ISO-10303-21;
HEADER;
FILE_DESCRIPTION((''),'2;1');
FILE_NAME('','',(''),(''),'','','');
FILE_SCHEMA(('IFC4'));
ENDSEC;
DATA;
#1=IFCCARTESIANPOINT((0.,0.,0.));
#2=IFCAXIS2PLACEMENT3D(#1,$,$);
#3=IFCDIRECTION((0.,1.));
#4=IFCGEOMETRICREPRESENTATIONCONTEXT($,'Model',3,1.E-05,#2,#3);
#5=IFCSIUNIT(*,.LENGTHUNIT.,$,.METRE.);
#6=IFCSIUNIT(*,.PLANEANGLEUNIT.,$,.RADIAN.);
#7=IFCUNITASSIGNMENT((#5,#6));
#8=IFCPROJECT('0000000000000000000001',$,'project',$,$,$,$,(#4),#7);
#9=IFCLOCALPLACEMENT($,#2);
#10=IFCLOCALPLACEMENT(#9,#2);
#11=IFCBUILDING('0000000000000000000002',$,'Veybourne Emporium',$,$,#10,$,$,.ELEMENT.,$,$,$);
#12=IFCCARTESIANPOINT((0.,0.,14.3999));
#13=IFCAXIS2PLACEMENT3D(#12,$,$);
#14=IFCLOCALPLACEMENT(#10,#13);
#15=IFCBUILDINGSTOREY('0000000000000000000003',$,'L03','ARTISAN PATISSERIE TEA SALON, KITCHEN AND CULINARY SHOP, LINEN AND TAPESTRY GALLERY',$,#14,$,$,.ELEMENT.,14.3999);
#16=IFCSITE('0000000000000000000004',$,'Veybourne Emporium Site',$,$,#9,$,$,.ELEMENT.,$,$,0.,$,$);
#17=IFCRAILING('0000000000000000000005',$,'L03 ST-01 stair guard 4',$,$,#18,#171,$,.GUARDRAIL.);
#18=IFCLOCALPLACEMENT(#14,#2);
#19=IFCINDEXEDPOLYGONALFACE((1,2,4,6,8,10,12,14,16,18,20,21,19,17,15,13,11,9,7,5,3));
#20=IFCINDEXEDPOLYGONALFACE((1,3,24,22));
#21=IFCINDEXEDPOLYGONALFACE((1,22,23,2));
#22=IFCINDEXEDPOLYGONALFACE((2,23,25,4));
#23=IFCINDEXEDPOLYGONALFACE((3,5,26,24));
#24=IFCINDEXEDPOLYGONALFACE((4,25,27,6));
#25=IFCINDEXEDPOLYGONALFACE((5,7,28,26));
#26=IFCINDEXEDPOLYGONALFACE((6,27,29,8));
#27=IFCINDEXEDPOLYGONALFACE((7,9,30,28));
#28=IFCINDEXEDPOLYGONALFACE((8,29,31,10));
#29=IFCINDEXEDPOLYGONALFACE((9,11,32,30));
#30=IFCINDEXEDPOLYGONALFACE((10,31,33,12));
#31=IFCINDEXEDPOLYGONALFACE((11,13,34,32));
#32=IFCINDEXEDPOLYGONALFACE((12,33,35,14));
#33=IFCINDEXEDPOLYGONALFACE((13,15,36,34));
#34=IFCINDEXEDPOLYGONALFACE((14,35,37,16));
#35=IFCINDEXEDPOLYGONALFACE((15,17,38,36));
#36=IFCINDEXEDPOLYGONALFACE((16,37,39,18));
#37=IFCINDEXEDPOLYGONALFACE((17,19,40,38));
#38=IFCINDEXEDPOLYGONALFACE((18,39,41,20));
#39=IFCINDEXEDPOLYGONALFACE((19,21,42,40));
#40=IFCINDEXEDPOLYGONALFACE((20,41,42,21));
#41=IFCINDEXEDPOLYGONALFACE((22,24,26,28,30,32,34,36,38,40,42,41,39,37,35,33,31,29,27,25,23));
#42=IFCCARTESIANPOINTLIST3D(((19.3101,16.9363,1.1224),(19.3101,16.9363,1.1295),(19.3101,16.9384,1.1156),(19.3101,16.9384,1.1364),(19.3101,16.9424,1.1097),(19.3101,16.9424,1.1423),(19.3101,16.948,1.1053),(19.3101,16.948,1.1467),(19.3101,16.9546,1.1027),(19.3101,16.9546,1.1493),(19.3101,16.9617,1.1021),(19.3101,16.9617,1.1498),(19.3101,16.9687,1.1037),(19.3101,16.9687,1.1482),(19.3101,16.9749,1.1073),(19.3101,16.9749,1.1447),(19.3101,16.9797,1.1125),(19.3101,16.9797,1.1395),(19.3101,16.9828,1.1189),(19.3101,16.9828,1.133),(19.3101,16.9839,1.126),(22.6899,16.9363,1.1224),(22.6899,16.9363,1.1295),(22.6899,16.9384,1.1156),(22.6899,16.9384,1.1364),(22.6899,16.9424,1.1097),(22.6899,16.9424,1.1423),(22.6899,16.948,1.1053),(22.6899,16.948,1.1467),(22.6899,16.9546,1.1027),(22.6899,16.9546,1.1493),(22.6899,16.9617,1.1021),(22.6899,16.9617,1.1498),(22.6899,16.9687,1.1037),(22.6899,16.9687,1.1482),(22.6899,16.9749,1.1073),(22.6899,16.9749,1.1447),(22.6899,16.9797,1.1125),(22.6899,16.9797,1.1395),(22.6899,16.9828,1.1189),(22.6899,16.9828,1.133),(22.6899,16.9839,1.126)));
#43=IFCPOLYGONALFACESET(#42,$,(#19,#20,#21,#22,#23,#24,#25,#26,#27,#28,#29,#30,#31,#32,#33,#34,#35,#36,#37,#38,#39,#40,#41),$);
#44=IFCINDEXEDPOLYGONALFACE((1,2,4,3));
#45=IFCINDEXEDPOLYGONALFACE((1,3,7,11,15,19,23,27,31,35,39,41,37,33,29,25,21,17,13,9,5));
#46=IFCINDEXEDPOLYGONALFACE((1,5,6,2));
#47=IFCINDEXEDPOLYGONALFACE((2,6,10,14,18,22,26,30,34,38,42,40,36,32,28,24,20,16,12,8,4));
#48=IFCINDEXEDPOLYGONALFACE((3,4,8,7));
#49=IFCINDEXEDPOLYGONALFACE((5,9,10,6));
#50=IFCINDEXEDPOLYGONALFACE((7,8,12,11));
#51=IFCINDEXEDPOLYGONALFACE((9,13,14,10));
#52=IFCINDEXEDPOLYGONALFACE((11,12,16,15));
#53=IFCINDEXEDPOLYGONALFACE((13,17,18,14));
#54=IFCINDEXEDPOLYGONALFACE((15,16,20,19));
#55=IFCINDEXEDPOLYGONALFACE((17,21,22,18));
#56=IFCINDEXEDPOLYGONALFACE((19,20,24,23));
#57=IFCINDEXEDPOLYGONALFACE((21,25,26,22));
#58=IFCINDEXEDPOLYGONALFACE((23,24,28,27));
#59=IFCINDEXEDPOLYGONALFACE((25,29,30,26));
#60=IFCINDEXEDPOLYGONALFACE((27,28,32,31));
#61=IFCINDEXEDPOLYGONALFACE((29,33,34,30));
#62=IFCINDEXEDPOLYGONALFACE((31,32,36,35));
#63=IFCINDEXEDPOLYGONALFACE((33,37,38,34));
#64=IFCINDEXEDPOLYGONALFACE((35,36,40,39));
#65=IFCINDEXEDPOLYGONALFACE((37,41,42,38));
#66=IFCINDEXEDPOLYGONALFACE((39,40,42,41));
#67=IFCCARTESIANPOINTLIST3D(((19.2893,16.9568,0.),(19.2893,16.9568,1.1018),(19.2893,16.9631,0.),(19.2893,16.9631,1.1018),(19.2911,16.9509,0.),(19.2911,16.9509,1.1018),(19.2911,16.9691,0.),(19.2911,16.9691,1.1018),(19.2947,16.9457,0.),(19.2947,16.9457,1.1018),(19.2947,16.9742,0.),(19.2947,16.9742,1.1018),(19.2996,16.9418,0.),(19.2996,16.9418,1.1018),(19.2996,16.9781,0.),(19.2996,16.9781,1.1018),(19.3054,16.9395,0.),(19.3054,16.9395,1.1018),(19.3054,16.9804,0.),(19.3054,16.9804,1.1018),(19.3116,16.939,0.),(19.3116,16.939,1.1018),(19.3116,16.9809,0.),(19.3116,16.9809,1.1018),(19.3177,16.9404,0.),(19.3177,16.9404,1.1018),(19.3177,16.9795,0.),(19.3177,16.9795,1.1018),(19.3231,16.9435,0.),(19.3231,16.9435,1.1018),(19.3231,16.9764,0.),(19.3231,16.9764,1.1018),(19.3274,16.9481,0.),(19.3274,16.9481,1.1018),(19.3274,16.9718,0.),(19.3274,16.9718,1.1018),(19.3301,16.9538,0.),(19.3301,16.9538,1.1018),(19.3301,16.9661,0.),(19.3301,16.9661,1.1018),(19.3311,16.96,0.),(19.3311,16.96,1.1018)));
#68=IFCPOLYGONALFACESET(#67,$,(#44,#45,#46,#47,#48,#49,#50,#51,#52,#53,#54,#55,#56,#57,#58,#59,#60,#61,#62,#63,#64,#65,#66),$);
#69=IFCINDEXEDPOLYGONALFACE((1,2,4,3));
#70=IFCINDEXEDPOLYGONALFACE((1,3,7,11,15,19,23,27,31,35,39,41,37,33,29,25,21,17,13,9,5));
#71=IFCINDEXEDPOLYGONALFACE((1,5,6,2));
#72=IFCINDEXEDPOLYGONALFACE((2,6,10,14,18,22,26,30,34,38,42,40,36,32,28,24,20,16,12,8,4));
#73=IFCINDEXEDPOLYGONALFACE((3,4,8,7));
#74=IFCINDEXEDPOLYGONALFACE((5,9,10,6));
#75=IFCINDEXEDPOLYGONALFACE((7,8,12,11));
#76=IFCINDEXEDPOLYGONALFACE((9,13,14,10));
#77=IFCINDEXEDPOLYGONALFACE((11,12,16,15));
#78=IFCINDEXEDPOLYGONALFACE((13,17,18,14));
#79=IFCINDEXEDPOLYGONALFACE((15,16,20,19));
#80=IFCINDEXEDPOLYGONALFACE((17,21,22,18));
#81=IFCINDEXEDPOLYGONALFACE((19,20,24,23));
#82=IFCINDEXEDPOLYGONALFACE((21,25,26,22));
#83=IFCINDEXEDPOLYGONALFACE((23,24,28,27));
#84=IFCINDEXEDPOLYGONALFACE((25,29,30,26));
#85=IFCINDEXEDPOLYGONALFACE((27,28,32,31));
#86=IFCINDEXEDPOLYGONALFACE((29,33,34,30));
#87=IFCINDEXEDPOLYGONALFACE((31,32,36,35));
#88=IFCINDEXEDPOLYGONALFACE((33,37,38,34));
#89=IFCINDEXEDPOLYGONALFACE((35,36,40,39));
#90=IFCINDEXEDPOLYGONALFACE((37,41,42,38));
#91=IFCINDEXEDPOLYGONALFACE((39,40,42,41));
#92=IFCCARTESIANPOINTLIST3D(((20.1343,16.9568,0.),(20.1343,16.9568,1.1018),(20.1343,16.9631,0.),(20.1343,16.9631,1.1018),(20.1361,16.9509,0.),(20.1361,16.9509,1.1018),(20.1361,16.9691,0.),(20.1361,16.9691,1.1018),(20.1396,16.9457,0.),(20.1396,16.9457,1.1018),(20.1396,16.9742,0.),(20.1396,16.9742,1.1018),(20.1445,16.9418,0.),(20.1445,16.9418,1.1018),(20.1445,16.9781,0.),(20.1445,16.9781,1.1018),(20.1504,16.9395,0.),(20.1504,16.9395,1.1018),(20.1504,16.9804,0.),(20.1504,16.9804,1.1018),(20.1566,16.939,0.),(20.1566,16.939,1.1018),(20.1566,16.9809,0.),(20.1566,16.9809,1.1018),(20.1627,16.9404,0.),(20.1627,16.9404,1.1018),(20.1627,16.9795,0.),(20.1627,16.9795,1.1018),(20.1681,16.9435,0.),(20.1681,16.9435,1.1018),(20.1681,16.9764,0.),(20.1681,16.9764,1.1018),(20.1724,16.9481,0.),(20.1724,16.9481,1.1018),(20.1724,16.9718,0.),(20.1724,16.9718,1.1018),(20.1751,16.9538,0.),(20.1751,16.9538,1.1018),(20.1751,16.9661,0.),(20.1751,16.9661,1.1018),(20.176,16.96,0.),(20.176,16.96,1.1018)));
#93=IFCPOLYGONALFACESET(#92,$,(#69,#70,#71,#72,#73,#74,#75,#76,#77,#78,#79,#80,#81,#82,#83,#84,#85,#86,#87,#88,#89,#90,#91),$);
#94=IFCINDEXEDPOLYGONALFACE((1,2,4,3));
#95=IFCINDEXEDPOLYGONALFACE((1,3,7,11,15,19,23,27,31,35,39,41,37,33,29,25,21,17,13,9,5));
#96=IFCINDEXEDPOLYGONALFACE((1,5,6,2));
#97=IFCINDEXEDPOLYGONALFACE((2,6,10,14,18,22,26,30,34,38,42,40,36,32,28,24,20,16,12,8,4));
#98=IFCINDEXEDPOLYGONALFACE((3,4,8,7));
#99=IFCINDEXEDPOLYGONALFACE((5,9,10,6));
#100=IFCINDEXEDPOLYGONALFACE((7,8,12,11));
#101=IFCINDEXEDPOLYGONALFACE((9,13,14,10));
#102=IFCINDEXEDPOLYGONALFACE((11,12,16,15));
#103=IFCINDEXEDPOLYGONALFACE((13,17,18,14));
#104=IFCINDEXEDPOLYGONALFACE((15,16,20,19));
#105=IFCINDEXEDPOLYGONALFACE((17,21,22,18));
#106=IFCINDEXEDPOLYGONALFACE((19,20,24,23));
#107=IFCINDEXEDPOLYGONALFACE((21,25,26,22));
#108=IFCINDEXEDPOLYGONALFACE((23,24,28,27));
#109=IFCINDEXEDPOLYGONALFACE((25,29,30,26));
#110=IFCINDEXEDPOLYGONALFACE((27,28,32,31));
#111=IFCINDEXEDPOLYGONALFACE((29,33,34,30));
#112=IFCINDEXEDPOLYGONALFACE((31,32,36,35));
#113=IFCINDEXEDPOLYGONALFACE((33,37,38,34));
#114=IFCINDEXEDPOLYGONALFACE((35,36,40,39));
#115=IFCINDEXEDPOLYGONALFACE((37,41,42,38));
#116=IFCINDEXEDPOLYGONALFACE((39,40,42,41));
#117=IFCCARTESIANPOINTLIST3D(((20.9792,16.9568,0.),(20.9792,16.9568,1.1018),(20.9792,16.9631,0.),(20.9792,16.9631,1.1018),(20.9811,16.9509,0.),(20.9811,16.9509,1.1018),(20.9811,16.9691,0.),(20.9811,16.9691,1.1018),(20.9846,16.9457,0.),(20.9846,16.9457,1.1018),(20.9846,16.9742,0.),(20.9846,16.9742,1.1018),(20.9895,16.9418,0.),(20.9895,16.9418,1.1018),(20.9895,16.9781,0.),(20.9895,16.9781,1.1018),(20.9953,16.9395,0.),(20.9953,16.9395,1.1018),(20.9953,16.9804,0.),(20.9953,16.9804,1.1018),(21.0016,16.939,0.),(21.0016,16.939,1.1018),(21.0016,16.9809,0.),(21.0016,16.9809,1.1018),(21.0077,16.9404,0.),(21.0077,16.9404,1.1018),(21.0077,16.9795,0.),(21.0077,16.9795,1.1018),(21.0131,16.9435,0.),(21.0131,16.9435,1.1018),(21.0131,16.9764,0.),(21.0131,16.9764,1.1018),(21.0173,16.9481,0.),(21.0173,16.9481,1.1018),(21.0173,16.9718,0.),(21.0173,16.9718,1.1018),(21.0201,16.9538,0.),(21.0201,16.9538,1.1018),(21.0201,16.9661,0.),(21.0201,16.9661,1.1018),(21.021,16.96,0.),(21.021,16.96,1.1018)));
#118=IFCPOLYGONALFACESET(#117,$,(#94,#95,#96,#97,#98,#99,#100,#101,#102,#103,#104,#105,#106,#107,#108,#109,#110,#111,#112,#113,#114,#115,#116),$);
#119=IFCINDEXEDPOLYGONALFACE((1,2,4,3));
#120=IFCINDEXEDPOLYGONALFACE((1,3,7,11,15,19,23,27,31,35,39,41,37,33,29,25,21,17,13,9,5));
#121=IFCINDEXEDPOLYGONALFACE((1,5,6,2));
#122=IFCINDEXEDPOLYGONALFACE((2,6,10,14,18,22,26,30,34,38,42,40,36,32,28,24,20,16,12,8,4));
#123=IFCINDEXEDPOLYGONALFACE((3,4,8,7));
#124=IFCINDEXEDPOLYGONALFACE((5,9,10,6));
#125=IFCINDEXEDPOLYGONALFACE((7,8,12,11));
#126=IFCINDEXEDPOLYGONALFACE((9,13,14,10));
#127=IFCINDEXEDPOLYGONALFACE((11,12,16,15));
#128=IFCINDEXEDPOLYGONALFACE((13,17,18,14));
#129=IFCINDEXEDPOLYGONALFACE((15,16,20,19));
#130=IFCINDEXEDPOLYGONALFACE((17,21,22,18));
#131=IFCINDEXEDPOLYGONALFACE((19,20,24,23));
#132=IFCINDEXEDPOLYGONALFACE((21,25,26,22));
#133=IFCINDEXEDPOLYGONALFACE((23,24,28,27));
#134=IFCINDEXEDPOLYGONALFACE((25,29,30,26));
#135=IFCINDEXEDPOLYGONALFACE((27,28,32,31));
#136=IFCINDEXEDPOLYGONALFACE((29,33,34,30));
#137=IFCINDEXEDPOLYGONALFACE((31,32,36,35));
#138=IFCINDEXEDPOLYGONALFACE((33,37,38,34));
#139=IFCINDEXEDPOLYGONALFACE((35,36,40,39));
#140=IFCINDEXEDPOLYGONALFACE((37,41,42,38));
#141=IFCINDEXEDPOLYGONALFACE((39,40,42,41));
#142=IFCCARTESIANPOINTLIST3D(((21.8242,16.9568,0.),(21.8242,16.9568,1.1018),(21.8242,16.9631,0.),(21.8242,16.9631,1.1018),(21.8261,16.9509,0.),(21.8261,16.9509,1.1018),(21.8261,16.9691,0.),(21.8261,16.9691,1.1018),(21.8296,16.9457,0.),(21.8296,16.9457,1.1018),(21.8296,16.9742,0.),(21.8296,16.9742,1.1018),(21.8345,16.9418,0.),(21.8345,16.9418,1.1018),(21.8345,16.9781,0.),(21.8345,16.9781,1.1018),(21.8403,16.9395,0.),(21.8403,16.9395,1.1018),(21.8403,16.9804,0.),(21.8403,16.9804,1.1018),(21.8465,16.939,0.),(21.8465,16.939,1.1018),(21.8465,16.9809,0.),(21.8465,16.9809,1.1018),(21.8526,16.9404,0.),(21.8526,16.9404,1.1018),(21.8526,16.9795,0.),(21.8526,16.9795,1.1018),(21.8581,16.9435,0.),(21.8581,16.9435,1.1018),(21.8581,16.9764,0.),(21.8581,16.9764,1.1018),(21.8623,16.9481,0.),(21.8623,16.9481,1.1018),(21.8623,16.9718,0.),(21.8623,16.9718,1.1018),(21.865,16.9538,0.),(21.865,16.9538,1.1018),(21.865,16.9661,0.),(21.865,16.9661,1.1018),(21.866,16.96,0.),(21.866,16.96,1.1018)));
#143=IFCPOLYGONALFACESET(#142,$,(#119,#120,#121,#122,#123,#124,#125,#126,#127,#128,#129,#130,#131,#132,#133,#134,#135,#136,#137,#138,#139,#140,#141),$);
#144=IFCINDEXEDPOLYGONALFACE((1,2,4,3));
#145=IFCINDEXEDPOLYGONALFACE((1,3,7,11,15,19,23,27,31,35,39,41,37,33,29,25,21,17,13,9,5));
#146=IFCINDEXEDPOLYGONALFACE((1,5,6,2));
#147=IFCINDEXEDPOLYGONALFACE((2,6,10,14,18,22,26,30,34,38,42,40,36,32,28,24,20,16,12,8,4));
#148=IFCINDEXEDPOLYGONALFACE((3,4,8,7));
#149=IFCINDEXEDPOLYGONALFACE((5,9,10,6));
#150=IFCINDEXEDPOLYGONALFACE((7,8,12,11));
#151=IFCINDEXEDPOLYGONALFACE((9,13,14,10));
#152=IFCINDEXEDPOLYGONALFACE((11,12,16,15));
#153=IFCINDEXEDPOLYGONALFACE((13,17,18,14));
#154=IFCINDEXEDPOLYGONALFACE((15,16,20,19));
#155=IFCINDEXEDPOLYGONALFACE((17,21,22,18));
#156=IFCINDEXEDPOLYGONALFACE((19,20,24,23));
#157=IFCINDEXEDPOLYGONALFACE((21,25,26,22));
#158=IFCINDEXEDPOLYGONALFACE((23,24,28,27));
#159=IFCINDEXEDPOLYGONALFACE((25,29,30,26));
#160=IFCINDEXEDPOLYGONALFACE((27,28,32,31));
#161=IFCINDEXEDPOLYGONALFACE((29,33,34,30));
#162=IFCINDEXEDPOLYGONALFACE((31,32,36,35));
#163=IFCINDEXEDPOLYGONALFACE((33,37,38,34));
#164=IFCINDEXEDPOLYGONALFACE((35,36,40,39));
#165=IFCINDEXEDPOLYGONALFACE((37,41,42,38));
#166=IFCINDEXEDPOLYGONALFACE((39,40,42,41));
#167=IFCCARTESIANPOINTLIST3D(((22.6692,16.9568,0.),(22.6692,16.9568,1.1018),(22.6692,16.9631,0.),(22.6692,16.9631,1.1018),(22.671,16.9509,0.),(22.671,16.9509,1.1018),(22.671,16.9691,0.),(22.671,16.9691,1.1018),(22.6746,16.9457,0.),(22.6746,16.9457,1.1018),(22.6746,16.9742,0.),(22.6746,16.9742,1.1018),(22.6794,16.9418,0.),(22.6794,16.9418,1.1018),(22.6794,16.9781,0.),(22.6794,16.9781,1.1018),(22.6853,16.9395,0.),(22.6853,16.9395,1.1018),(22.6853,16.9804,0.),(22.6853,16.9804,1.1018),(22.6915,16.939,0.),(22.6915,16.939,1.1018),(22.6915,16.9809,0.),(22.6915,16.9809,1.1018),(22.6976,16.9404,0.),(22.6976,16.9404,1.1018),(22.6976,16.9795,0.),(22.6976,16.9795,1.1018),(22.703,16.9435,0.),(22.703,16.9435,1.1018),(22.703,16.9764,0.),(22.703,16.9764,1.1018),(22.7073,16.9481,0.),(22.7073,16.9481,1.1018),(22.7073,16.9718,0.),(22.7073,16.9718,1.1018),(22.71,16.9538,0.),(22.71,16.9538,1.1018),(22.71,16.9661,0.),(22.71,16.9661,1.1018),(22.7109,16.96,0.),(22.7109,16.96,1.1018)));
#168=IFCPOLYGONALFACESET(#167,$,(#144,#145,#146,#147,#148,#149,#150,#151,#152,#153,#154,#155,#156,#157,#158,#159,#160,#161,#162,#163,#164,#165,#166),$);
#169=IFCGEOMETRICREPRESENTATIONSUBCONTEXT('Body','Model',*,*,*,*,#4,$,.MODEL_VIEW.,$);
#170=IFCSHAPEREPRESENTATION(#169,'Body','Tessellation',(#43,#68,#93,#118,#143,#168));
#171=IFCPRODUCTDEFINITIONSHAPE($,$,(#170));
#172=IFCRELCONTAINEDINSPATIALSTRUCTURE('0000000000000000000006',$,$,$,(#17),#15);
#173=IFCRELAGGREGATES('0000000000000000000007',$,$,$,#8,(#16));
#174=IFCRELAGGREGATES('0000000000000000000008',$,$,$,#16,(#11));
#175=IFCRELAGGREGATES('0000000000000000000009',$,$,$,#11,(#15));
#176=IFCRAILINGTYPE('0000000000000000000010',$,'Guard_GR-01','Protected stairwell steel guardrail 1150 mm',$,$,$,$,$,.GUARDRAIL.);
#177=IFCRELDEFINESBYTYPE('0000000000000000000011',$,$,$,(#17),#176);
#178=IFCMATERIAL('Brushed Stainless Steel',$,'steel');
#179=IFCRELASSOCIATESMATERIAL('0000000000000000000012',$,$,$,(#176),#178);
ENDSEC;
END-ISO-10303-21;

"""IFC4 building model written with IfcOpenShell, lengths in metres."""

from ifc_helpers import new_model, si_unit, direction, frame, origin, origin_2d, place, context, subcontext, project, spatial, circle, extrude, material, type_object, element, save


model = new_model("IFC4")

# Units and contexts
model_context = context("Model", 3, precision=1e-05, world=origin(), true_north=direction((0.0, 1.0)))
body_context = subcontext(model_context, "Body", "Model", "MODEL_VIEW")
ifc_project = project(units=[si_unit("LENGTHUNIT", "METRE"), si_unit("PLANEANGLEUNIT", "RADIAN")], contexts=[model_context])

# Site, building, storey
site_placement = place(None, origin())
site = spatial("IfcSite", under=ifc_project, at=site_placement, Name="Veybourne Emporium Site", CompositionType="ELEMENT", RefElevation=0.0)
building_placement = place(site_placement, origin())
building = spatial("IfcBuilding", under=site, at=building_placement, Name="Veybourne Emporium", CompositionType="ELEMENT")
storey_placement = place(building_placement, frame((0.0, 0.0, 14.3999)))
storey = spatial("IfcBuildingStorey", under=building, at=storey_placement, Name="L03", Description="ARTISAN PATISSERIE TEA SALON, KITCHEN AND CULINARY SHOP, LINEN AND TAPESTRY GALLERY", CompositionType="ELEMENT", Elevation=14.3999)

# Railing
ifc_material_1 = material(Name="Brushed Stainless Steel", Category="steel")
railing_type_1 = type_object("IfcRailingType", Name="Guard_GR-01", Description="Protected stairwell steel guardrail 1150 mm", PredefinedType="GUARDRAIL", material=ifc_material_1)
railing_1_placement = place(storey_placement, frame((19.3101, 16.96, 0.0)))
element("IfcRailing", 1, at=railing_1_placement, inside=storey, type_object=railing_type_1, Name="L03 ST-01 stair guard 4", PredefinedType="GUARDRAIL", context=body_context, shape_type="SweptSolid", body=[
    extrude(circle(Radius=0.0239, at=origin_2d()), frame((0.0, 0.0, 1.126), z_axis=(1.0, 0.0, 0.0), x_axis=(0.0, 1.0, 0.0)), (0.0, 0.0, 1.0), 3.3799),
    extrude(circle(Radius=0.021, at=origin_2d()), origin(), (0.0, 0.0, 1.0), 1.1018),
    extrude(circle(Radius=0.021, at=origin_2d()), frame((0.845, 0.0, 0.0)), (0.0, 0.0, 1.0), 1.1018),
    extrude(circle(Radius=0.021, at=origin_2d()), frame((1.6899, 0.0, 0.0)), (0.0, 0.0, 1.0), 1.1018),
    extrude(circle(Radius=0.021, at=origin_2d()), frame((2.5349, 0.0, 0.0)), (0.0, 0.0, 1.0), 1.1018),
    extrude(circle(Radius=0.021, at=origin_2d()), frame((3.3799, 0.0, 0.0)), (0.0, 0.0, 1.0), 1.1018),
])

save(model, "model.ifc")
